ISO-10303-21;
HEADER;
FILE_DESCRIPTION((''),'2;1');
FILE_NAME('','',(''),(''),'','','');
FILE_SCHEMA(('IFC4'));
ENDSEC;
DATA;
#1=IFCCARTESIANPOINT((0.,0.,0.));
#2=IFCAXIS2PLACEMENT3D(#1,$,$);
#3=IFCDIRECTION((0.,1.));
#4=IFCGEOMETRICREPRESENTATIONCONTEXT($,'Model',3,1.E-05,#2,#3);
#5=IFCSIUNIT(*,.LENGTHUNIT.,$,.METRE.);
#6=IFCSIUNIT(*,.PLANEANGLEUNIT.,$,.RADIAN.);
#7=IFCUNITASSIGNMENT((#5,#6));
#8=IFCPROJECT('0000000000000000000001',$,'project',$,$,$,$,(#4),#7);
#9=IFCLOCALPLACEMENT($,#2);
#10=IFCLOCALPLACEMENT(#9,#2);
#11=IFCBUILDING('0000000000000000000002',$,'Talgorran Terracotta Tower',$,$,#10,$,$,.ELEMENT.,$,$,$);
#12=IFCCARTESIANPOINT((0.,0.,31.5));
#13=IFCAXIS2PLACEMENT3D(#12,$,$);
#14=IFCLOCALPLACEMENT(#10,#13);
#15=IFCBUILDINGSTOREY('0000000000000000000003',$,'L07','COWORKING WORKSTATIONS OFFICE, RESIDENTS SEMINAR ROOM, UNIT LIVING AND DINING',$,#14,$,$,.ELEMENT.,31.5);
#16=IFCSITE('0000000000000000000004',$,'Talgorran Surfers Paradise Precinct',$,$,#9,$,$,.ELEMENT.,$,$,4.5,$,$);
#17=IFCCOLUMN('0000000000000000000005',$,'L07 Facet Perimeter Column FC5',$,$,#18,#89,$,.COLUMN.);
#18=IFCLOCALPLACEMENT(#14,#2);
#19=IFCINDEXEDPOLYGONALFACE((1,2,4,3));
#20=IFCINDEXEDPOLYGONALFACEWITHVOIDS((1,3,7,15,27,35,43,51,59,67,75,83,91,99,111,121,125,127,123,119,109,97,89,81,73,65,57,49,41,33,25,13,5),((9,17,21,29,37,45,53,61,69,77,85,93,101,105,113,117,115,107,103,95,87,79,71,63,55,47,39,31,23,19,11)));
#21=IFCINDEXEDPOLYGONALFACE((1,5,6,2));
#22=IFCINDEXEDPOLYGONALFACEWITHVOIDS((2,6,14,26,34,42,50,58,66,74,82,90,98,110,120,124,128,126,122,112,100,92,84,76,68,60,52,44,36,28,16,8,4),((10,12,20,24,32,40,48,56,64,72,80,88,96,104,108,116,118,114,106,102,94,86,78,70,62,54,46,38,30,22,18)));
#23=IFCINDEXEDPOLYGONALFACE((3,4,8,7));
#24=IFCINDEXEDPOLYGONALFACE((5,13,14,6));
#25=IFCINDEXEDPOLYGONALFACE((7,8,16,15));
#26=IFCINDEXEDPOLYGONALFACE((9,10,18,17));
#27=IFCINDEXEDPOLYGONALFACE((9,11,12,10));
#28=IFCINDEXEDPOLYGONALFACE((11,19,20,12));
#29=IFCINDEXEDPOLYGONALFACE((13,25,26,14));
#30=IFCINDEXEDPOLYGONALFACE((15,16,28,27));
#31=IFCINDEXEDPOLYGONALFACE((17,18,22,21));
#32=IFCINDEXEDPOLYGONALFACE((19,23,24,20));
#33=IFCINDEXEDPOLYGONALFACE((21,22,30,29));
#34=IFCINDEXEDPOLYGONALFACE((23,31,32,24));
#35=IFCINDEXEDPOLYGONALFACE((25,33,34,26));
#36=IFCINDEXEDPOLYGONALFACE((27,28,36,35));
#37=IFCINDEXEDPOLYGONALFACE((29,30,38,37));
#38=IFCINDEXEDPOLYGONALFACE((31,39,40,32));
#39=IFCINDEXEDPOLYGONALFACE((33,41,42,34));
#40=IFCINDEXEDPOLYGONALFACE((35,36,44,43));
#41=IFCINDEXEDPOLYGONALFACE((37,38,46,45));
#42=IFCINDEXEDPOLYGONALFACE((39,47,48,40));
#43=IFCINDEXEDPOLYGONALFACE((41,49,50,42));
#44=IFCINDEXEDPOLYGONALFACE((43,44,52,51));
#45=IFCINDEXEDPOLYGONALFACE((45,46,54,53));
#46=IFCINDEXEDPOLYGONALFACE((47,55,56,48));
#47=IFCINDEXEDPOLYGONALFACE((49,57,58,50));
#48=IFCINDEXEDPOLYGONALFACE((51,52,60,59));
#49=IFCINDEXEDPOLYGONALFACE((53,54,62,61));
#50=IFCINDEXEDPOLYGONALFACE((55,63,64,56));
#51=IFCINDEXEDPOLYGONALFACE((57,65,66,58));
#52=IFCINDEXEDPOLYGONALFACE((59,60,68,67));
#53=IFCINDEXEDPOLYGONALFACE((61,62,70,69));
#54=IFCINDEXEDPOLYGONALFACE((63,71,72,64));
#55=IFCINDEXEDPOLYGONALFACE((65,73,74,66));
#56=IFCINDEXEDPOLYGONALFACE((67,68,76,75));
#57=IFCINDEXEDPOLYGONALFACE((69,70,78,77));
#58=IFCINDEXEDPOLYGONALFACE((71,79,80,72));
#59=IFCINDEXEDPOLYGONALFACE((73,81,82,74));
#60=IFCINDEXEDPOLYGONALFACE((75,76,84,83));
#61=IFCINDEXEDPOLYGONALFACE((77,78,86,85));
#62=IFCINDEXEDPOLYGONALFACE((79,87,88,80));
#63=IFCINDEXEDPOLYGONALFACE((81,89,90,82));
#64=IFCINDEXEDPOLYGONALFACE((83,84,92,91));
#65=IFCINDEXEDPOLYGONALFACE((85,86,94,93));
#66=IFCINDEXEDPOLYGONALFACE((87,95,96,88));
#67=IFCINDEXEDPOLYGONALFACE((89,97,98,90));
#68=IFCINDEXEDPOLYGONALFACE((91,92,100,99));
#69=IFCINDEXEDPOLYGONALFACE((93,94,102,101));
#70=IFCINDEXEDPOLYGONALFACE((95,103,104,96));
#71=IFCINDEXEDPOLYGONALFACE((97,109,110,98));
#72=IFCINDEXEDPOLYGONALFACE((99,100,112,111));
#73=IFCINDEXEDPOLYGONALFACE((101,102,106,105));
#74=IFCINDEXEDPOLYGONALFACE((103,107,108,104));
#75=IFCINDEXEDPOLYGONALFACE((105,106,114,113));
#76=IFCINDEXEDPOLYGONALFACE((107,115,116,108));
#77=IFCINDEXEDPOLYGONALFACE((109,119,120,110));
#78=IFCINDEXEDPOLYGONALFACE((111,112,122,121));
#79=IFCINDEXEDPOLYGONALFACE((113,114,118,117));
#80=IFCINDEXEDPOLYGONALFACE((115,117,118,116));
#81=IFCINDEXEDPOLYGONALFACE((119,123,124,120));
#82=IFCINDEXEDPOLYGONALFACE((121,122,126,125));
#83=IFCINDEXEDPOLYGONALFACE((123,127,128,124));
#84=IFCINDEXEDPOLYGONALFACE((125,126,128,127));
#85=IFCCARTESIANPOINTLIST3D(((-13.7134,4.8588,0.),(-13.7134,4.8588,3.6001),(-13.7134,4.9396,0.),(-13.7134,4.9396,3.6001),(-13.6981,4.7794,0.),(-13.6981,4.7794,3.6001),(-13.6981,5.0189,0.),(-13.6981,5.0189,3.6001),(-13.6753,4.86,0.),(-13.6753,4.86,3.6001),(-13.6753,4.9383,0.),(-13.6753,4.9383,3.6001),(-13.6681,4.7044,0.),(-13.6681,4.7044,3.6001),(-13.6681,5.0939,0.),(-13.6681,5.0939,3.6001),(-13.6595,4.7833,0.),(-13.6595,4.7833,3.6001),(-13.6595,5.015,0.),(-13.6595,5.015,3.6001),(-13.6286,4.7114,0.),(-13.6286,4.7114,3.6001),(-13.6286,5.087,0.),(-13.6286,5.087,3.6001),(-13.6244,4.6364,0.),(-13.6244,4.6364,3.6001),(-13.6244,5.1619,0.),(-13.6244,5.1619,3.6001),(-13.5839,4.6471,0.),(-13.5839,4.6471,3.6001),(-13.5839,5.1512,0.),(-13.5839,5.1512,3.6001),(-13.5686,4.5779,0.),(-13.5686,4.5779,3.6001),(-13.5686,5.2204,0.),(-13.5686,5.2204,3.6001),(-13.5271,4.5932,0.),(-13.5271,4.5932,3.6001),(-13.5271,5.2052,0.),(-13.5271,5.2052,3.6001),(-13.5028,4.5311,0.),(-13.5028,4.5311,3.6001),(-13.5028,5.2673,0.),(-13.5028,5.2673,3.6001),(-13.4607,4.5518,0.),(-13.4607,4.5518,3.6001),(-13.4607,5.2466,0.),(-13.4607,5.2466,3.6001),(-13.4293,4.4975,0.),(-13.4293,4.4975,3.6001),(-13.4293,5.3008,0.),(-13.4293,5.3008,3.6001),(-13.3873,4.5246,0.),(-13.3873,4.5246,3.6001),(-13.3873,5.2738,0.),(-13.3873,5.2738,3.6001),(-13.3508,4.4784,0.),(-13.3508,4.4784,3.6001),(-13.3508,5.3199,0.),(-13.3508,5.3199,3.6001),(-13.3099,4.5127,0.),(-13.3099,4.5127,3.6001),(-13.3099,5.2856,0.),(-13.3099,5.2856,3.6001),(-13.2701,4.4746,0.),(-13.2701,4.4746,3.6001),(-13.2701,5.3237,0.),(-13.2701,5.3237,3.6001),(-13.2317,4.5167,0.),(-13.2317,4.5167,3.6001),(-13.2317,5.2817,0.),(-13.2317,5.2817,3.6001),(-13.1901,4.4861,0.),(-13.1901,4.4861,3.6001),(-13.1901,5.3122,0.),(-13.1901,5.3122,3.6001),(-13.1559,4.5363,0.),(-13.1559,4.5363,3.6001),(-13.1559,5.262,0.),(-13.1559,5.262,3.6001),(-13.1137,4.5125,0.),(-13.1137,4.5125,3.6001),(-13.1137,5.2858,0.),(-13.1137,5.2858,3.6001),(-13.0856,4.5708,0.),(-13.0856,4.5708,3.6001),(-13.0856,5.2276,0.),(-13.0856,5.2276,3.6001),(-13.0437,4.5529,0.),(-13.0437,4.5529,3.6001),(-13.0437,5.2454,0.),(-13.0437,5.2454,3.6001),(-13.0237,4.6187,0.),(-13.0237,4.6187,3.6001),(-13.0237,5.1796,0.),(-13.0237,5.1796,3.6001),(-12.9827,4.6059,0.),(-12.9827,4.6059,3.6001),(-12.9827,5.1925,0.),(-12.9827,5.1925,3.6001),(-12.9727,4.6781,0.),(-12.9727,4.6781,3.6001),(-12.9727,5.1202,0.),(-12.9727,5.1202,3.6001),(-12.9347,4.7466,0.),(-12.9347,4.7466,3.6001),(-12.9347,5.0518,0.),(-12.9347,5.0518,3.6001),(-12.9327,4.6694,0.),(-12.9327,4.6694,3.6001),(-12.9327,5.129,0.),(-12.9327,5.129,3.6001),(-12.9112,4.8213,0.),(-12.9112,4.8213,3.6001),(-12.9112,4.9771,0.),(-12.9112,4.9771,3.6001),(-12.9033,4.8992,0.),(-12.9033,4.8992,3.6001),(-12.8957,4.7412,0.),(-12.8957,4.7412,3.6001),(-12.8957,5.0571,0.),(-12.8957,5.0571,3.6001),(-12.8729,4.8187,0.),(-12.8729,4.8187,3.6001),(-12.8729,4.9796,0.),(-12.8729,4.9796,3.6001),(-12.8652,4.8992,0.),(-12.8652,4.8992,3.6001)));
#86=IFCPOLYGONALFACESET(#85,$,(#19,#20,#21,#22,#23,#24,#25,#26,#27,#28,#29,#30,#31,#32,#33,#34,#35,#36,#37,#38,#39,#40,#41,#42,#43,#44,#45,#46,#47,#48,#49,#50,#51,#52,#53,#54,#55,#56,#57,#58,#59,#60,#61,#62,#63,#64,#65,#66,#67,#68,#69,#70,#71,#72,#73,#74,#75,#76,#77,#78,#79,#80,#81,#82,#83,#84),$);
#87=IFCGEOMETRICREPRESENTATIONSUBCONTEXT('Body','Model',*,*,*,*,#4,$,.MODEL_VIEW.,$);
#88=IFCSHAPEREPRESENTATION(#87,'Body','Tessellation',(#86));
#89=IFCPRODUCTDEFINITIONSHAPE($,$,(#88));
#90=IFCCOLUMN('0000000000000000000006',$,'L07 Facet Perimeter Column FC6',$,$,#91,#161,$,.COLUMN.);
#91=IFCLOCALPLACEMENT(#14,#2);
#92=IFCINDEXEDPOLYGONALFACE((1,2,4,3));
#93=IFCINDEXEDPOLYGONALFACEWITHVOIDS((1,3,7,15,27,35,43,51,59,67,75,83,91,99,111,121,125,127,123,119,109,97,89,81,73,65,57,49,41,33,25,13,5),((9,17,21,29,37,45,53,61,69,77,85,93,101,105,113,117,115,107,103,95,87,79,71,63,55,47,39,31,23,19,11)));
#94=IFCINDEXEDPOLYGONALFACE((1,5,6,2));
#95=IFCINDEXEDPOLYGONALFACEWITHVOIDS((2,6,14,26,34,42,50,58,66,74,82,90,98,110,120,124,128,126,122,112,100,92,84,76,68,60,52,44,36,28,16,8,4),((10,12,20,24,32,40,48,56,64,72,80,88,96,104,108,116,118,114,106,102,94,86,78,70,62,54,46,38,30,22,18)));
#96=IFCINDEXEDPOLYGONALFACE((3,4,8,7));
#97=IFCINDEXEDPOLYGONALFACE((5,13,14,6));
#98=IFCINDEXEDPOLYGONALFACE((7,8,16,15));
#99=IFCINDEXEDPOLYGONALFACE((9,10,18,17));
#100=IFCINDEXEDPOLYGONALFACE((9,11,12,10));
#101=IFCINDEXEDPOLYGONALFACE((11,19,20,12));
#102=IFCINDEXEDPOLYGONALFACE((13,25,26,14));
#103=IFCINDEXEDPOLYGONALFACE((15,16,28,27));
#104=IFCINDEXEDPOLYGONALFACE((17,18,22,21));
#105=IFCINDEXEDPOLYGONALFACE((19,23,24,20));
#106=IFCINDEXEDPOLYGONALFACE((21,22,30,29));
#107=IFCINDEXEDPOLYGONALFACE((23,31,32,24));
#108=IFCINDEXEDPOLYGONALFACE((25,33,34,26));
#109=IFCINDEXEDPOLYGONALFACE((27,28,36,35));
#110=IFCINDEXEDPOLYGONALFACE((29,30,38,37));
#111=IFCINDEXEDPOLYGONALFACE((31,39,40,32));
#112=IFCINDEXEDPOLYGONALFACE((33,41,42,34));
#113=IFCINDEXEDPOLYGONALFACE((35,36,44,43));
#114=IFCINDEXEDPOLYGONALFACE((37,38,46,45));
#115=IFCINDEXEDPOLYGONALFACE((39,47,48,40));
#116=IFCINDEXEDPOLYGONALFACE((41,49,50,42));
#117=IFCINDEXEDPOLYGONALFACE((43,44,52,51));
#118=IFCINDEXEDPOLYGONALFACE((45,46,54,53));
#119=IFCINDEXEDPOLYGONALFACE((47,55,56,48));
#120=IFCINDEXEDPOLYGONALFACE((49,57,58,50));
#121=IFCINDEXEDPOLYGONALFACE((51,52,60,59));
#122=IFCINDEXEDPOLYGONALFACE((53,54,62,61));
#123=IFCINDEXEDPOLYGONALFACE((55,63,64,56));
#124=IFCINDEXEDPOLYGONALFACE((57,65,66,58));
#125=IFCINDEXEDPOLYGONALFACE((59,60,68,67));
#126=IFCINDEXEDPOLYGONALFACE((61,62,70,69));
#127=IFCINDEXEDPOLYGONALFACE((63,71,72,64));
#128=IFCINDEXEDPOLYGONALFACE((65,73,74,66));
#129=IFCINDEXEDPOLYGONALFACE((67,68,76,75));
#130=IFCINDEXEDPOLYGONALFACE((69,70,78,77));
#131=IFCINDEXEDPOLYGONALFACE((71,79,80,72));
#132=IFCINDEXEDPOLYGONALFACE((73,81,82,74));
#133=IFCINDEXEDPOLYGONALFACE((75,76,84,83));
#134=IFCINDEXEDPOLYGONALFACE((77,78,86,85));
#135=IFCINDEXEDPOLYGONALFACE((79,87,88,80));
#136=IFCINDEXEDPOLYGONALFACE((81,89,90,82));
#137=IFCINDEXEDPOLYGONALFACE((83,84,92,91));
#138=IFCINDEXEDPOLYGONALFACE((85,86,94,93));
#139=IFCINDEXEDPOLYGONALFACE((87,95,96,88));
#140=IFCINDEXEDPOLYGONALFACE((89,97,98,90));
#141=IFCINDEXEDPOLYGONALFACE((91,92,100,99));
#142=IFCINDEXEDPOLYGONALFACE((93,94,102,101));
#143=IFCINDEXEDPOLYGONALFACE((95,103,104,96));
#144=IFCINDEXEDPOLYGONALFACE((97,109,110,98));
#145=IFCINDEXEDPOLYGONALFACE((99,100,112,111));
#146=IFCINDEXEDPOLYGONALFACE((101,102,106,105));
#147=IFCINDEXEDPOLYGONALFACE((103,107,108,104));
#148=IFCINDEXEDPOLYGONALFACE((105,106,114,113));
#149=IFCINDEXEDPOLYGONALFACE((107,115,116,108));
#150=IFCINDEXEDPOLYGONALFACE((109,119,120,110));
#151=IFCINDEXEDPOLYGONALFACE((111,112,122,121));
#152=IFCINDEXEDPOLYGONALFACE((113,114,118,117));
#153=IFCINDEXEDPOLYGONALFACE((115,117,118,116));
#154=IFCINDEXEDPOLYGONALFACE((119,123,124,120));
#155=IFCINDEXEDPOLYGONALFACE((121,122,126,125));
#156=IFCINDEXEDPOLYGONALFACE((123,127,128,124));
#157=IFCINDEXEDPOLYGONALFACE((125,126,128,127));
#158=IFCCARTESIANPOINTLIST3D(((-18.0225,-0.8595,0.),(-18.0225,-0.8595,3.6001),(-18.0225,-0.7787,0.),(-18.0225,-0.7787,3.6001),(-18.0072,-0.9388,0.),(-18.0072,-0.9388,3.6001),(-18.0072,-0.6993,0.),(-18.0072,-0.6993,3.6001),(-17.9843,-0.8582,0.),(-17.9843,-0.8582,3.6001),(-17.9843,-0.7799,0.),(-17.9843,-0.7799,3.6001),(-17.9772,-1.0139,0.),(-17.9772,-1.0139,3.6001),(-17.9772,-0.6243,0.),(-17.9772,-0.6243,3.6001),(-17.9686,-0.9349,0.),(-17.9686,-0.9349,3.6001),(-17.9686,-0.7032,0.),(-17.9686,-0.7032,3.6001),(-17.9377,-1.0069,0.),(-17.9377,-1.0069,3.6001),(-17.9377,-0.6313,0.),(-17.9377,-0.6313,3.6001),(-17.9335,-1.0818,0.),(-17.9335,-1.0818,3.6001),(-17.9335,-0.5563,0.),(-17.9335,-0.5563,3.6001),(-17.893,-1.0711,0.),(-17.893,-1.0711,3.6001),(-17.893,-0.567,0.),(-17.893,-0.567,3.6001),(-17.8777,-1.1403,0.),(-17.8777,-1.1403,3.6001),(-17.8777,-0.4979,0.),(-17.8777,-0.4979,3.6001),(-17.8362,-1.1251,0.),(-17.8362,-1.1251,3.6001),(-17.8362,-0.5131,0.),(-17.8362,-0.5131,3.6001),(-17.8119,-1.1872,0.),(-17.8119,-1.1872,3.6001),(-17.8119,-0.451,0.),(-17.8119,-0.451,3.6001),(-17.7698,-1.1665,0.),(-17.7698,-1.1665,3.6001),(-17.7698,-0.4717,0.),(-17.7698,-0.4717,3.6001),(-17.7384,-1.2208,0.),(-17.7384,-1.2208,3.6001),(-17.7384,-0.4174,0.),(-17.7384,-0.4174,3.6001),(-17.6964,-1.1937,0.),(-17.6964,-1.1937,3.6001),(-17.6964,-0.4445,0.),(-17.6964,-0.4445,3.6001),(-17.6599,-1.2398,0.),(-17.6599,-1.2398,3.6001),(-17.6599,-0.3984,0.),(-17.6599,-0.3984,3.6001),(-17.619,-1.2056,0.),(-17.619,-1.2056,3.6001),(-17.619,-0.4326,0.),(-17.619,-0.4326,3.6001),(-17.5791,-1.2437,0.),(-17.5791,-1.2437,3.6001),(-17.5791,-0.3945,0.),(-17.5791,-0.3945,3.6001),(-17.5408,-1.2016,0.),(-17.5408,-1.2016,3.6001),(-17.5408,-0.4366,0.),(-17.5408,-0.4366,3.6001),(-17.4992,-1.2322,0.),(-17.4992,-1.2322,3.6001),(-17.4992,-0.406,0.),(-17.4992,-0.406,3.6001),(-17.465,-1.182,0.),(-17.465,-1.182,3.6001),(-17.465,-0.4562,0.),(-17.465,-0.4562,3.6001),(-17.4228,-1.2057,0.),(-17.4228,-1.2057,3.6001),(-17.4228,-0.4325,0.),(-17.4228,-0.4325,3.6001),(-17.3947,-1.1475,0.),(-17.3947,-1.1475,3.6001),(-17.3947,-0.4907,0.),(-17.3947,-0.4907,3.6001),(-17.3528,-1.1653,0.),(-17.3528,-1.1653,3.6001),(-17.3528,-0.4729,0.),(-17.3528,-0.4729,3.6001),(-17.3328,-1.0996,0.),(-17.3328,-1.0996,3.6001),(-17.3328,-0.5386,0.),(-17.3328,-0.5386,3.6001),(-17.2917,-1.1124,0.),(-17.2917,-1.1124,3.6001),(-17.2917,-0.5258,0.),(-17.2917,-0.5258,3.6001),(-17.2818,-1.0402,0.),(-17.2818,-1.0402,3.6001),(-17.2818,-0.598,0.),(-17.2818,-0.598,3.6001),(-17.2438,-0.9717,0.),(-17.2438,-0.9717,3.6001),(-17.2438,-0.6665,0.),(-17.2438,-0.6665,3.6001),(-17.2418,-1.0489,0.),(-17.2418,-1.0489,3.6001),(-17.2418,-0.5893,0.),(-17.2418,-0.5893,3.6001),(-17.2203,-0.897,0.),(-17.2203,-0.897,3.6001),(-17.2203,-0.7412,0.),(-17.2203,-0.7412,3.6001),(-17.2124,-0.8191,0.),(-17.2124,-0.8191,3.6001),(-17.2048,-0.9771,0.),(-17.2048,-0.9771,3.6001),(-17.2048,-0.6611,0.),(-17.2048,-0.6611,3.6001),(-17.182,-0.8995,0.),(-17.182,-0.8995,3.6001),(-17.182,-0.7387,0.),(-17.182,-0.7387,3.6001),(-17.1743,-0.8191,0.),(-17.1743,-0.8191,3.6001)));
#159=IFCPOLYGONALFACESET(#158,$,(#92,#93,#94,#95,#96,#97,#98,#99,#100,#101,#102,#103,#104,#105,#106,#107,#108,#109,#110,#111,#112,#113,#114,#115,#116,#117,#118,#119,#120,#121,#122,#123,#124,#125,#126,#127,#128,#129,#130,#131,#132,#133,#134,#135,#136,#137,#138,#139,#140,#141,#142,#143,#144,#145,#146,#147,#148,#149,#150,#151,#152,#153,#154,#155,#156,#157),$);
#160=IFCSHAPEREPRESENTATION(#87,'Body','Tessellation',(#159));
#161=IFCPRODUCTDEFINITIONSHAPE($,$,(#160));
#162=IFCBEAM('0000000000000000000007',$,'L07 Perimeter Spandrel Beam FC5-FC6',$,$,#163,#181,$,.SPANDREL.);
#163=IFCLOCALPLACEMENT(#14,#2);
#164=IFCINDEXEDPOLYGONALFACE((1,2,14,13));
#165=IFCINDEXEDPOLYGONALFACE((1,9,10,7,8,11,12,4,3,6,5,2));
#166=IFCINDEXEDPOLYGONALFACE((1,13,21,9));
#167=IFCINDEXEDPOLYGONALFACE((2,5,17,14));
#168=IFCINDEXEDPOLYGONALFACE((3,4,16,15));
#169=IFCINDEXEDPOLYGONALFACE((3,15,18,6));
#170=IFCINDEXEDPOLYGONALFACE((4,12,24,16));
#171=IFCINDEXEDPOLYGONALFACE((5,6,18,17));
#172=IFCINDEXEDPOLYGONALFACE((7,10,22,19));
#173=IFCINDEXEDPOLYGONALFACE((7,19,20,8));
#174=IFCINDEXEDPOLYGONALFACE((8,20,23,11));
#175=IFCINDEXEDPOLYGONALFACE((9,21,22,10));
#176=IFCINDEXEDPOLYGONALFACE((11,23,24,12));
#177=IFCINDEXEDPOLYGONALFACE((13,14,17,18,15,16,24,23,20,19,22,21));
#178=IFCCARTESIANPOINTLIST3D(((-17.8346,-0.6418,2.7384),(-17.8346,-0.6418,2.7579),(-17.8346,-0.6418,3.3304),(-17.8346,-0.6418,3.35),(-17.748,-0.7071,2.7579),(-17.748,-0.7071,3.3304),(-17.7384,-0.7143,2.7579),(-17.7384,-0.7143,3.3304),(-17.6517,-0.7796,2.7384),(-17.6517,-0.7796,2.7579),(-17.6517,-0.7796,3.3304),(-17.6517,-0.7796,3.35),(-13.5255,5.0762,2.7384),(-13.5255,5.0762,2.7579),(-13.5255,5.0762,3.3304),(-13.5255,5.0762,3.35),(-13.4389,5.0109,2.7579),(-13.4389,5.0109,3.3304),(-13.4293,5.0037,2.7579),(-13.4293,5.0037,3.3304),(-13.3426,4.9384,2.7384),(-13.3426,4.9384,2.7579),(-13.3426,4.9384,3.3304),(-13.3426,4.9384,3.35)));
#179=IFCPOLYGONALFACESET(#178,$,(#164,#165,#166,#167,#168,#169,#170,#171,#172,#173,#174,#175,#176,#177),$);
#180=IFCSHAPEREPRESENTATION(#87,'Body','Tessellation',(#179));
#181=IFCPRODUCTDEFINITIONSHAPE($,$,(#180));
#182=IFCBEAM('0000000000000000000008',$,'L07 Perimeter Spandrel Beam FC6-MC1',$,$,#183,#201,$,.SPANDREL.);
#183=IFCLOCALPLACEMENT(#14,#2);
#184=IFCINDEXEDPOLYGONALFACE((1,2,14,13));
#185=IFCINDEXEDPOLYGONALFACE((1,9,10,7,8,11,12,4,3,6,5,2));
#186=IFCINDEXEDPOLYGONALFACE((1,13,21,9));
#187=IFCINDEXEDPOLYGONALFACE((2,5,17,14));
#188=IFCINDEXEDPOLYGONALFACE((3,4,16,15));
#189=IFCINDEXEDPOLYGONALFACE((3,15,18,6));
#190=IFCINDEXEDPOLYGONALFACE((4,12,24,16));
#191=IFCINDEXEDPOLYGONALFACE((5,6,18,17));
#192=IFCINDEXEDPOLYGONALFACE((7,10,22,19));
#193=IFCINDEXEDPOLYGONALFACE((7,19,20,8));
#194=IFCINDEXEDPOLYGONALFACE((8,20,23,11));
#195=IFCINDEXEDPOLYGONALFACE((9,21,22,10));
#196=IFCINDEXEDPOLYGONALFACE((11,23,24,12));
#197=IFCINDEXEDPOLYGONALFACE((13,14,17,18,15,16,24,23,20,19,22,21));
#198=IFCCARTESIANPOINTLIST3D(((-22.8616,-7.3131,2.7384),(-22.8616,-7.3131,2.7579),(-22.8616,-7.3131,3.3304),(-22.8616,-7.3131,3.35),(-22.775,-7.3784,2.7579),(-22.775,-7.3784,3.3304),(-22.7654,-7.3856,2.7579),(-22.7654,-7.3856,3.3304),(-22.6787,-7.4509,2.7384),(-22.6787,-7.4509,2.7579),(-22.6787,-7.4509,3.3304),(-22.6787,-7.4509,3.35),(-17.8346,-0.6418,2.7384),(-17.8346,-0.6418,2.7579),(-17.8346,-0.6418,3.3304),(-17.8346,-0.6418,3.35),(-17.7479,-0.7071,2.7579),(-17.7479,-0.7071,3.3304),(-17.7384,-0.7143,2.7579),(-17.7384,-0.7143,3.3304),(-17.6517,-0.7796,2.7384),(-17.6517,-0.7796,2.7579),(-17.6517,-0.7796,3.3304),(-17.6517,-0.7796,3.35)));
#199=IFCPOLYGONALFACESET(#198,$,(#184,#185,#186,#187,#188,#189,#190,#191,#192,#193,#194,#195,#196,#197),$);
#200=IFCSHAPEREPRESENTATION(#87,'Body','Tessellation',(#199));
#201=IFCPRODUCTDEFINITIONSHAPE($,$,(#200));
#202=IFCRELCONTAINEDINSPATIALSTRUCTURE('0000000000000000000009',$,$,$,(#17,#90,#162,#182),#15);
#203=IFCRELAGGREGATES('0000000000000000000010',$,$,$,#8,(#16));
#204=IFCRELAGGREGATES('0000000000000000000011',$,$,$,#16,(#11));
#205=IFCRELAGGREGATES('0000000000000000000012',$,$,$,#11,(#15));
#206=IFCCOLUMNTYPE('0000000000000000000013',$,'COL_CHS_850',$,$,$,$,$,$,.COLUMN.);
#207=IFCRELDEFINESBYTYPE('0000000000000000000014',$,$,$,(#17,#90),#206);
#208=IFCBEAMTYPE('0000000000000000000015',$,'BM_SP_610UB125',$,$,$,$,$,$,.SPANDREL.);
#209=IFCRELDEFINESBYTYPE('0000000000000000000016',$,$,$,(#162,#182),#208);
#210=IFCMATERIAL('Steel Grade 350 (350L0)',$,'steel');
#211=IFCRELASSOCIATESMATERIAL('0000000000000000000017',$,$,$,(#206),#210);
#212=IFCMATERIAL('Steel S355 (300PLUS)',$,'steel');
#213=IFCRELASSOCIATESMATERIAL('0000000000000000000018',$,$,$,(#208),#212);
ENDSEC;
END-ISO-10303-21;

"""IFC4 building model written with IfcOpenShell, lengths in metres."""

from ifc_helpers import new_model, si_unit, direction, frame, origin, origin_2d, place, context, subcontext, project, spatial, hollow_circle, i_section, extrude, material, material_profile, profile_set, type_object, element, save


model = new_model("IFC4")

# Units and contexts
model_context = context("Model", 3, precision=1e-05, world=origin(), true_north=direction((0.0, 1.0)))
body_context = subcontext(model_context, "Body", "Model", "MODEL_VIEW")
ifc_project = project(units=[si_unit("LENGTHUNIT", "METRE"), si_unit("PLANEANGLEUNIT", "RADIAN")], contexts=[model_context])

# Site, building, storey
site_placement = place(None, origin())
site = spatial("IfcSite", under=ifc_project, at=site_placement, Name="Talgorran Surfers Paradise Precinct", CompositionType="ELEMENT", RefElevation=4.5)
building_placement = place(site_placement, origin())
building = spatial("IfcBuilding", under=site, at=building_placement, Name="Talgorran Terracotta Tower", CompositionType="ELEMENT")
storey_placement = place(building_placement, frame((0.0, 0.0, 31.5)))
storey = spatial("IfcBuildingStorey", under=building, at=storey_placement, Name="L07", Description="COWORKING WORKSTATIONS OFFICE, RESIDENTS SEMINAR ROOM, UNIT LIVING AND DINING", CompositionType="ELEMENT", Elevation=31.5)

# Columns
ifc_material_1 = material(Name="Steel Grade 350 (350L0)", Category="steel")
ifc_material_profile_1 = material_profile(ifc_material_1, hollow_circle(Radius=0.425, WallThickness=0.0381, at=origin_2d()), Name="CHS850X38")
ifc_profile_set_1 = profile_set([ifc_material_profile_1], Name="Steel Grade 350 (350L0)")
column_type = type_object("IfcColumnType", Name="COL_CHS_850", PredefinedType="COLUMN", material=ifc_profile_set_1)
for number, where, z_axis, x_axis, name in (
    (1, (-13.2903, 4.8992, 0.0), (0.0, 0.0, 1.0), (1.0, 0.0, 0.0), "L07 Facet Perimeter Column FC5"),
    (2, (-17.5994, -0.8191, 0.0), (0.0, 0.0, 1.0), (1.0, 0.0, 0.0), "L07 Facet Perimeter Column FC6"),
):
    element("IfcColumn", number, at=place(storey_placement, frame(where, z_axis=z_axis, x_axis=x_axis)), inside=storey, type_object=column_type, Name=name, PredefinedType="COLUMN", context=body_context, shape_type="SweptSolid", body=[
        extrude(hollow_circle(Radius=0.425, WallThickness=0.0381, at=origin_2d()), origin(), (0.0, 0.0, 1.0), 3.6001),
    ])

# Beams
ifc_material_2 = material(Name="Steel S355 (300PLUS)", Category="steel")
ifc_material_profile_2 = material_profile(ifc_material_2, i_section(OverallWidth=0.229, OverallDepth=0.6116, WebThickness=0.012, FlangeThickness=0.0195, at=origin_2d()), Name="610UB125")
ifc_profile_set_2 = profile_set([ifc_material_profile_2], Name="Steel S355 (300PLUS)")
beam_type = type_object("IfcBeamType", Name="BM_SP_610UB125", PredefinedType="SPANDREL", material=ifc_profile_set_2)
beam_1_placement = place(storey_placement, frame((-13.4341, 5.0073, 3.0442), z_axis=(-0.601837, -0.798619, 0.0), x_axis=(0.798619, -0.601837, 0.0)))
element("IfcBeam", 3, at=beam_1_placement, inside=storey, type_object=beam_type, Name="L07 Perimeter Spandrel Beam FC5-FC6", PredefinedType="SPANDREL", context=body_context, shape_type="SweptSolid", body=[
    extrude(i_section(OverallWidth=0.229, OverallDepth=0.6116, WebThickness=0.012, FlangeThickness=0.0195, at=origin_2d()), origin(), (0.0, 0.0, 1.0), 7.1599),
])
beam_2_placement = place(storey_placement, frame((-17.7432, -0.7107, 3.0442), z_axis=(-0.601804, -0.798644, 0.0), x_axis=(0.798644, -0.601804, 0.0)))
element("IfcBeam", 4, at=beam_2_placement, inside=storey, type_object=beam_type, Name="L07 Perimeter Spandrel Beam FC6-MC1", PredefinedType="SPANDREL", context=body_context, shape_type="SweptSolid", body=[
    extrude(i_section(OverallWidth=0.229, OverallDepth=0.6116, WebThickness=0.012, FlangeThickness=0.0195, at=origin_2d()), origin(), (0.0, 0.0, 1.0), 8.3533),
])

save(model, "model.ifc")
